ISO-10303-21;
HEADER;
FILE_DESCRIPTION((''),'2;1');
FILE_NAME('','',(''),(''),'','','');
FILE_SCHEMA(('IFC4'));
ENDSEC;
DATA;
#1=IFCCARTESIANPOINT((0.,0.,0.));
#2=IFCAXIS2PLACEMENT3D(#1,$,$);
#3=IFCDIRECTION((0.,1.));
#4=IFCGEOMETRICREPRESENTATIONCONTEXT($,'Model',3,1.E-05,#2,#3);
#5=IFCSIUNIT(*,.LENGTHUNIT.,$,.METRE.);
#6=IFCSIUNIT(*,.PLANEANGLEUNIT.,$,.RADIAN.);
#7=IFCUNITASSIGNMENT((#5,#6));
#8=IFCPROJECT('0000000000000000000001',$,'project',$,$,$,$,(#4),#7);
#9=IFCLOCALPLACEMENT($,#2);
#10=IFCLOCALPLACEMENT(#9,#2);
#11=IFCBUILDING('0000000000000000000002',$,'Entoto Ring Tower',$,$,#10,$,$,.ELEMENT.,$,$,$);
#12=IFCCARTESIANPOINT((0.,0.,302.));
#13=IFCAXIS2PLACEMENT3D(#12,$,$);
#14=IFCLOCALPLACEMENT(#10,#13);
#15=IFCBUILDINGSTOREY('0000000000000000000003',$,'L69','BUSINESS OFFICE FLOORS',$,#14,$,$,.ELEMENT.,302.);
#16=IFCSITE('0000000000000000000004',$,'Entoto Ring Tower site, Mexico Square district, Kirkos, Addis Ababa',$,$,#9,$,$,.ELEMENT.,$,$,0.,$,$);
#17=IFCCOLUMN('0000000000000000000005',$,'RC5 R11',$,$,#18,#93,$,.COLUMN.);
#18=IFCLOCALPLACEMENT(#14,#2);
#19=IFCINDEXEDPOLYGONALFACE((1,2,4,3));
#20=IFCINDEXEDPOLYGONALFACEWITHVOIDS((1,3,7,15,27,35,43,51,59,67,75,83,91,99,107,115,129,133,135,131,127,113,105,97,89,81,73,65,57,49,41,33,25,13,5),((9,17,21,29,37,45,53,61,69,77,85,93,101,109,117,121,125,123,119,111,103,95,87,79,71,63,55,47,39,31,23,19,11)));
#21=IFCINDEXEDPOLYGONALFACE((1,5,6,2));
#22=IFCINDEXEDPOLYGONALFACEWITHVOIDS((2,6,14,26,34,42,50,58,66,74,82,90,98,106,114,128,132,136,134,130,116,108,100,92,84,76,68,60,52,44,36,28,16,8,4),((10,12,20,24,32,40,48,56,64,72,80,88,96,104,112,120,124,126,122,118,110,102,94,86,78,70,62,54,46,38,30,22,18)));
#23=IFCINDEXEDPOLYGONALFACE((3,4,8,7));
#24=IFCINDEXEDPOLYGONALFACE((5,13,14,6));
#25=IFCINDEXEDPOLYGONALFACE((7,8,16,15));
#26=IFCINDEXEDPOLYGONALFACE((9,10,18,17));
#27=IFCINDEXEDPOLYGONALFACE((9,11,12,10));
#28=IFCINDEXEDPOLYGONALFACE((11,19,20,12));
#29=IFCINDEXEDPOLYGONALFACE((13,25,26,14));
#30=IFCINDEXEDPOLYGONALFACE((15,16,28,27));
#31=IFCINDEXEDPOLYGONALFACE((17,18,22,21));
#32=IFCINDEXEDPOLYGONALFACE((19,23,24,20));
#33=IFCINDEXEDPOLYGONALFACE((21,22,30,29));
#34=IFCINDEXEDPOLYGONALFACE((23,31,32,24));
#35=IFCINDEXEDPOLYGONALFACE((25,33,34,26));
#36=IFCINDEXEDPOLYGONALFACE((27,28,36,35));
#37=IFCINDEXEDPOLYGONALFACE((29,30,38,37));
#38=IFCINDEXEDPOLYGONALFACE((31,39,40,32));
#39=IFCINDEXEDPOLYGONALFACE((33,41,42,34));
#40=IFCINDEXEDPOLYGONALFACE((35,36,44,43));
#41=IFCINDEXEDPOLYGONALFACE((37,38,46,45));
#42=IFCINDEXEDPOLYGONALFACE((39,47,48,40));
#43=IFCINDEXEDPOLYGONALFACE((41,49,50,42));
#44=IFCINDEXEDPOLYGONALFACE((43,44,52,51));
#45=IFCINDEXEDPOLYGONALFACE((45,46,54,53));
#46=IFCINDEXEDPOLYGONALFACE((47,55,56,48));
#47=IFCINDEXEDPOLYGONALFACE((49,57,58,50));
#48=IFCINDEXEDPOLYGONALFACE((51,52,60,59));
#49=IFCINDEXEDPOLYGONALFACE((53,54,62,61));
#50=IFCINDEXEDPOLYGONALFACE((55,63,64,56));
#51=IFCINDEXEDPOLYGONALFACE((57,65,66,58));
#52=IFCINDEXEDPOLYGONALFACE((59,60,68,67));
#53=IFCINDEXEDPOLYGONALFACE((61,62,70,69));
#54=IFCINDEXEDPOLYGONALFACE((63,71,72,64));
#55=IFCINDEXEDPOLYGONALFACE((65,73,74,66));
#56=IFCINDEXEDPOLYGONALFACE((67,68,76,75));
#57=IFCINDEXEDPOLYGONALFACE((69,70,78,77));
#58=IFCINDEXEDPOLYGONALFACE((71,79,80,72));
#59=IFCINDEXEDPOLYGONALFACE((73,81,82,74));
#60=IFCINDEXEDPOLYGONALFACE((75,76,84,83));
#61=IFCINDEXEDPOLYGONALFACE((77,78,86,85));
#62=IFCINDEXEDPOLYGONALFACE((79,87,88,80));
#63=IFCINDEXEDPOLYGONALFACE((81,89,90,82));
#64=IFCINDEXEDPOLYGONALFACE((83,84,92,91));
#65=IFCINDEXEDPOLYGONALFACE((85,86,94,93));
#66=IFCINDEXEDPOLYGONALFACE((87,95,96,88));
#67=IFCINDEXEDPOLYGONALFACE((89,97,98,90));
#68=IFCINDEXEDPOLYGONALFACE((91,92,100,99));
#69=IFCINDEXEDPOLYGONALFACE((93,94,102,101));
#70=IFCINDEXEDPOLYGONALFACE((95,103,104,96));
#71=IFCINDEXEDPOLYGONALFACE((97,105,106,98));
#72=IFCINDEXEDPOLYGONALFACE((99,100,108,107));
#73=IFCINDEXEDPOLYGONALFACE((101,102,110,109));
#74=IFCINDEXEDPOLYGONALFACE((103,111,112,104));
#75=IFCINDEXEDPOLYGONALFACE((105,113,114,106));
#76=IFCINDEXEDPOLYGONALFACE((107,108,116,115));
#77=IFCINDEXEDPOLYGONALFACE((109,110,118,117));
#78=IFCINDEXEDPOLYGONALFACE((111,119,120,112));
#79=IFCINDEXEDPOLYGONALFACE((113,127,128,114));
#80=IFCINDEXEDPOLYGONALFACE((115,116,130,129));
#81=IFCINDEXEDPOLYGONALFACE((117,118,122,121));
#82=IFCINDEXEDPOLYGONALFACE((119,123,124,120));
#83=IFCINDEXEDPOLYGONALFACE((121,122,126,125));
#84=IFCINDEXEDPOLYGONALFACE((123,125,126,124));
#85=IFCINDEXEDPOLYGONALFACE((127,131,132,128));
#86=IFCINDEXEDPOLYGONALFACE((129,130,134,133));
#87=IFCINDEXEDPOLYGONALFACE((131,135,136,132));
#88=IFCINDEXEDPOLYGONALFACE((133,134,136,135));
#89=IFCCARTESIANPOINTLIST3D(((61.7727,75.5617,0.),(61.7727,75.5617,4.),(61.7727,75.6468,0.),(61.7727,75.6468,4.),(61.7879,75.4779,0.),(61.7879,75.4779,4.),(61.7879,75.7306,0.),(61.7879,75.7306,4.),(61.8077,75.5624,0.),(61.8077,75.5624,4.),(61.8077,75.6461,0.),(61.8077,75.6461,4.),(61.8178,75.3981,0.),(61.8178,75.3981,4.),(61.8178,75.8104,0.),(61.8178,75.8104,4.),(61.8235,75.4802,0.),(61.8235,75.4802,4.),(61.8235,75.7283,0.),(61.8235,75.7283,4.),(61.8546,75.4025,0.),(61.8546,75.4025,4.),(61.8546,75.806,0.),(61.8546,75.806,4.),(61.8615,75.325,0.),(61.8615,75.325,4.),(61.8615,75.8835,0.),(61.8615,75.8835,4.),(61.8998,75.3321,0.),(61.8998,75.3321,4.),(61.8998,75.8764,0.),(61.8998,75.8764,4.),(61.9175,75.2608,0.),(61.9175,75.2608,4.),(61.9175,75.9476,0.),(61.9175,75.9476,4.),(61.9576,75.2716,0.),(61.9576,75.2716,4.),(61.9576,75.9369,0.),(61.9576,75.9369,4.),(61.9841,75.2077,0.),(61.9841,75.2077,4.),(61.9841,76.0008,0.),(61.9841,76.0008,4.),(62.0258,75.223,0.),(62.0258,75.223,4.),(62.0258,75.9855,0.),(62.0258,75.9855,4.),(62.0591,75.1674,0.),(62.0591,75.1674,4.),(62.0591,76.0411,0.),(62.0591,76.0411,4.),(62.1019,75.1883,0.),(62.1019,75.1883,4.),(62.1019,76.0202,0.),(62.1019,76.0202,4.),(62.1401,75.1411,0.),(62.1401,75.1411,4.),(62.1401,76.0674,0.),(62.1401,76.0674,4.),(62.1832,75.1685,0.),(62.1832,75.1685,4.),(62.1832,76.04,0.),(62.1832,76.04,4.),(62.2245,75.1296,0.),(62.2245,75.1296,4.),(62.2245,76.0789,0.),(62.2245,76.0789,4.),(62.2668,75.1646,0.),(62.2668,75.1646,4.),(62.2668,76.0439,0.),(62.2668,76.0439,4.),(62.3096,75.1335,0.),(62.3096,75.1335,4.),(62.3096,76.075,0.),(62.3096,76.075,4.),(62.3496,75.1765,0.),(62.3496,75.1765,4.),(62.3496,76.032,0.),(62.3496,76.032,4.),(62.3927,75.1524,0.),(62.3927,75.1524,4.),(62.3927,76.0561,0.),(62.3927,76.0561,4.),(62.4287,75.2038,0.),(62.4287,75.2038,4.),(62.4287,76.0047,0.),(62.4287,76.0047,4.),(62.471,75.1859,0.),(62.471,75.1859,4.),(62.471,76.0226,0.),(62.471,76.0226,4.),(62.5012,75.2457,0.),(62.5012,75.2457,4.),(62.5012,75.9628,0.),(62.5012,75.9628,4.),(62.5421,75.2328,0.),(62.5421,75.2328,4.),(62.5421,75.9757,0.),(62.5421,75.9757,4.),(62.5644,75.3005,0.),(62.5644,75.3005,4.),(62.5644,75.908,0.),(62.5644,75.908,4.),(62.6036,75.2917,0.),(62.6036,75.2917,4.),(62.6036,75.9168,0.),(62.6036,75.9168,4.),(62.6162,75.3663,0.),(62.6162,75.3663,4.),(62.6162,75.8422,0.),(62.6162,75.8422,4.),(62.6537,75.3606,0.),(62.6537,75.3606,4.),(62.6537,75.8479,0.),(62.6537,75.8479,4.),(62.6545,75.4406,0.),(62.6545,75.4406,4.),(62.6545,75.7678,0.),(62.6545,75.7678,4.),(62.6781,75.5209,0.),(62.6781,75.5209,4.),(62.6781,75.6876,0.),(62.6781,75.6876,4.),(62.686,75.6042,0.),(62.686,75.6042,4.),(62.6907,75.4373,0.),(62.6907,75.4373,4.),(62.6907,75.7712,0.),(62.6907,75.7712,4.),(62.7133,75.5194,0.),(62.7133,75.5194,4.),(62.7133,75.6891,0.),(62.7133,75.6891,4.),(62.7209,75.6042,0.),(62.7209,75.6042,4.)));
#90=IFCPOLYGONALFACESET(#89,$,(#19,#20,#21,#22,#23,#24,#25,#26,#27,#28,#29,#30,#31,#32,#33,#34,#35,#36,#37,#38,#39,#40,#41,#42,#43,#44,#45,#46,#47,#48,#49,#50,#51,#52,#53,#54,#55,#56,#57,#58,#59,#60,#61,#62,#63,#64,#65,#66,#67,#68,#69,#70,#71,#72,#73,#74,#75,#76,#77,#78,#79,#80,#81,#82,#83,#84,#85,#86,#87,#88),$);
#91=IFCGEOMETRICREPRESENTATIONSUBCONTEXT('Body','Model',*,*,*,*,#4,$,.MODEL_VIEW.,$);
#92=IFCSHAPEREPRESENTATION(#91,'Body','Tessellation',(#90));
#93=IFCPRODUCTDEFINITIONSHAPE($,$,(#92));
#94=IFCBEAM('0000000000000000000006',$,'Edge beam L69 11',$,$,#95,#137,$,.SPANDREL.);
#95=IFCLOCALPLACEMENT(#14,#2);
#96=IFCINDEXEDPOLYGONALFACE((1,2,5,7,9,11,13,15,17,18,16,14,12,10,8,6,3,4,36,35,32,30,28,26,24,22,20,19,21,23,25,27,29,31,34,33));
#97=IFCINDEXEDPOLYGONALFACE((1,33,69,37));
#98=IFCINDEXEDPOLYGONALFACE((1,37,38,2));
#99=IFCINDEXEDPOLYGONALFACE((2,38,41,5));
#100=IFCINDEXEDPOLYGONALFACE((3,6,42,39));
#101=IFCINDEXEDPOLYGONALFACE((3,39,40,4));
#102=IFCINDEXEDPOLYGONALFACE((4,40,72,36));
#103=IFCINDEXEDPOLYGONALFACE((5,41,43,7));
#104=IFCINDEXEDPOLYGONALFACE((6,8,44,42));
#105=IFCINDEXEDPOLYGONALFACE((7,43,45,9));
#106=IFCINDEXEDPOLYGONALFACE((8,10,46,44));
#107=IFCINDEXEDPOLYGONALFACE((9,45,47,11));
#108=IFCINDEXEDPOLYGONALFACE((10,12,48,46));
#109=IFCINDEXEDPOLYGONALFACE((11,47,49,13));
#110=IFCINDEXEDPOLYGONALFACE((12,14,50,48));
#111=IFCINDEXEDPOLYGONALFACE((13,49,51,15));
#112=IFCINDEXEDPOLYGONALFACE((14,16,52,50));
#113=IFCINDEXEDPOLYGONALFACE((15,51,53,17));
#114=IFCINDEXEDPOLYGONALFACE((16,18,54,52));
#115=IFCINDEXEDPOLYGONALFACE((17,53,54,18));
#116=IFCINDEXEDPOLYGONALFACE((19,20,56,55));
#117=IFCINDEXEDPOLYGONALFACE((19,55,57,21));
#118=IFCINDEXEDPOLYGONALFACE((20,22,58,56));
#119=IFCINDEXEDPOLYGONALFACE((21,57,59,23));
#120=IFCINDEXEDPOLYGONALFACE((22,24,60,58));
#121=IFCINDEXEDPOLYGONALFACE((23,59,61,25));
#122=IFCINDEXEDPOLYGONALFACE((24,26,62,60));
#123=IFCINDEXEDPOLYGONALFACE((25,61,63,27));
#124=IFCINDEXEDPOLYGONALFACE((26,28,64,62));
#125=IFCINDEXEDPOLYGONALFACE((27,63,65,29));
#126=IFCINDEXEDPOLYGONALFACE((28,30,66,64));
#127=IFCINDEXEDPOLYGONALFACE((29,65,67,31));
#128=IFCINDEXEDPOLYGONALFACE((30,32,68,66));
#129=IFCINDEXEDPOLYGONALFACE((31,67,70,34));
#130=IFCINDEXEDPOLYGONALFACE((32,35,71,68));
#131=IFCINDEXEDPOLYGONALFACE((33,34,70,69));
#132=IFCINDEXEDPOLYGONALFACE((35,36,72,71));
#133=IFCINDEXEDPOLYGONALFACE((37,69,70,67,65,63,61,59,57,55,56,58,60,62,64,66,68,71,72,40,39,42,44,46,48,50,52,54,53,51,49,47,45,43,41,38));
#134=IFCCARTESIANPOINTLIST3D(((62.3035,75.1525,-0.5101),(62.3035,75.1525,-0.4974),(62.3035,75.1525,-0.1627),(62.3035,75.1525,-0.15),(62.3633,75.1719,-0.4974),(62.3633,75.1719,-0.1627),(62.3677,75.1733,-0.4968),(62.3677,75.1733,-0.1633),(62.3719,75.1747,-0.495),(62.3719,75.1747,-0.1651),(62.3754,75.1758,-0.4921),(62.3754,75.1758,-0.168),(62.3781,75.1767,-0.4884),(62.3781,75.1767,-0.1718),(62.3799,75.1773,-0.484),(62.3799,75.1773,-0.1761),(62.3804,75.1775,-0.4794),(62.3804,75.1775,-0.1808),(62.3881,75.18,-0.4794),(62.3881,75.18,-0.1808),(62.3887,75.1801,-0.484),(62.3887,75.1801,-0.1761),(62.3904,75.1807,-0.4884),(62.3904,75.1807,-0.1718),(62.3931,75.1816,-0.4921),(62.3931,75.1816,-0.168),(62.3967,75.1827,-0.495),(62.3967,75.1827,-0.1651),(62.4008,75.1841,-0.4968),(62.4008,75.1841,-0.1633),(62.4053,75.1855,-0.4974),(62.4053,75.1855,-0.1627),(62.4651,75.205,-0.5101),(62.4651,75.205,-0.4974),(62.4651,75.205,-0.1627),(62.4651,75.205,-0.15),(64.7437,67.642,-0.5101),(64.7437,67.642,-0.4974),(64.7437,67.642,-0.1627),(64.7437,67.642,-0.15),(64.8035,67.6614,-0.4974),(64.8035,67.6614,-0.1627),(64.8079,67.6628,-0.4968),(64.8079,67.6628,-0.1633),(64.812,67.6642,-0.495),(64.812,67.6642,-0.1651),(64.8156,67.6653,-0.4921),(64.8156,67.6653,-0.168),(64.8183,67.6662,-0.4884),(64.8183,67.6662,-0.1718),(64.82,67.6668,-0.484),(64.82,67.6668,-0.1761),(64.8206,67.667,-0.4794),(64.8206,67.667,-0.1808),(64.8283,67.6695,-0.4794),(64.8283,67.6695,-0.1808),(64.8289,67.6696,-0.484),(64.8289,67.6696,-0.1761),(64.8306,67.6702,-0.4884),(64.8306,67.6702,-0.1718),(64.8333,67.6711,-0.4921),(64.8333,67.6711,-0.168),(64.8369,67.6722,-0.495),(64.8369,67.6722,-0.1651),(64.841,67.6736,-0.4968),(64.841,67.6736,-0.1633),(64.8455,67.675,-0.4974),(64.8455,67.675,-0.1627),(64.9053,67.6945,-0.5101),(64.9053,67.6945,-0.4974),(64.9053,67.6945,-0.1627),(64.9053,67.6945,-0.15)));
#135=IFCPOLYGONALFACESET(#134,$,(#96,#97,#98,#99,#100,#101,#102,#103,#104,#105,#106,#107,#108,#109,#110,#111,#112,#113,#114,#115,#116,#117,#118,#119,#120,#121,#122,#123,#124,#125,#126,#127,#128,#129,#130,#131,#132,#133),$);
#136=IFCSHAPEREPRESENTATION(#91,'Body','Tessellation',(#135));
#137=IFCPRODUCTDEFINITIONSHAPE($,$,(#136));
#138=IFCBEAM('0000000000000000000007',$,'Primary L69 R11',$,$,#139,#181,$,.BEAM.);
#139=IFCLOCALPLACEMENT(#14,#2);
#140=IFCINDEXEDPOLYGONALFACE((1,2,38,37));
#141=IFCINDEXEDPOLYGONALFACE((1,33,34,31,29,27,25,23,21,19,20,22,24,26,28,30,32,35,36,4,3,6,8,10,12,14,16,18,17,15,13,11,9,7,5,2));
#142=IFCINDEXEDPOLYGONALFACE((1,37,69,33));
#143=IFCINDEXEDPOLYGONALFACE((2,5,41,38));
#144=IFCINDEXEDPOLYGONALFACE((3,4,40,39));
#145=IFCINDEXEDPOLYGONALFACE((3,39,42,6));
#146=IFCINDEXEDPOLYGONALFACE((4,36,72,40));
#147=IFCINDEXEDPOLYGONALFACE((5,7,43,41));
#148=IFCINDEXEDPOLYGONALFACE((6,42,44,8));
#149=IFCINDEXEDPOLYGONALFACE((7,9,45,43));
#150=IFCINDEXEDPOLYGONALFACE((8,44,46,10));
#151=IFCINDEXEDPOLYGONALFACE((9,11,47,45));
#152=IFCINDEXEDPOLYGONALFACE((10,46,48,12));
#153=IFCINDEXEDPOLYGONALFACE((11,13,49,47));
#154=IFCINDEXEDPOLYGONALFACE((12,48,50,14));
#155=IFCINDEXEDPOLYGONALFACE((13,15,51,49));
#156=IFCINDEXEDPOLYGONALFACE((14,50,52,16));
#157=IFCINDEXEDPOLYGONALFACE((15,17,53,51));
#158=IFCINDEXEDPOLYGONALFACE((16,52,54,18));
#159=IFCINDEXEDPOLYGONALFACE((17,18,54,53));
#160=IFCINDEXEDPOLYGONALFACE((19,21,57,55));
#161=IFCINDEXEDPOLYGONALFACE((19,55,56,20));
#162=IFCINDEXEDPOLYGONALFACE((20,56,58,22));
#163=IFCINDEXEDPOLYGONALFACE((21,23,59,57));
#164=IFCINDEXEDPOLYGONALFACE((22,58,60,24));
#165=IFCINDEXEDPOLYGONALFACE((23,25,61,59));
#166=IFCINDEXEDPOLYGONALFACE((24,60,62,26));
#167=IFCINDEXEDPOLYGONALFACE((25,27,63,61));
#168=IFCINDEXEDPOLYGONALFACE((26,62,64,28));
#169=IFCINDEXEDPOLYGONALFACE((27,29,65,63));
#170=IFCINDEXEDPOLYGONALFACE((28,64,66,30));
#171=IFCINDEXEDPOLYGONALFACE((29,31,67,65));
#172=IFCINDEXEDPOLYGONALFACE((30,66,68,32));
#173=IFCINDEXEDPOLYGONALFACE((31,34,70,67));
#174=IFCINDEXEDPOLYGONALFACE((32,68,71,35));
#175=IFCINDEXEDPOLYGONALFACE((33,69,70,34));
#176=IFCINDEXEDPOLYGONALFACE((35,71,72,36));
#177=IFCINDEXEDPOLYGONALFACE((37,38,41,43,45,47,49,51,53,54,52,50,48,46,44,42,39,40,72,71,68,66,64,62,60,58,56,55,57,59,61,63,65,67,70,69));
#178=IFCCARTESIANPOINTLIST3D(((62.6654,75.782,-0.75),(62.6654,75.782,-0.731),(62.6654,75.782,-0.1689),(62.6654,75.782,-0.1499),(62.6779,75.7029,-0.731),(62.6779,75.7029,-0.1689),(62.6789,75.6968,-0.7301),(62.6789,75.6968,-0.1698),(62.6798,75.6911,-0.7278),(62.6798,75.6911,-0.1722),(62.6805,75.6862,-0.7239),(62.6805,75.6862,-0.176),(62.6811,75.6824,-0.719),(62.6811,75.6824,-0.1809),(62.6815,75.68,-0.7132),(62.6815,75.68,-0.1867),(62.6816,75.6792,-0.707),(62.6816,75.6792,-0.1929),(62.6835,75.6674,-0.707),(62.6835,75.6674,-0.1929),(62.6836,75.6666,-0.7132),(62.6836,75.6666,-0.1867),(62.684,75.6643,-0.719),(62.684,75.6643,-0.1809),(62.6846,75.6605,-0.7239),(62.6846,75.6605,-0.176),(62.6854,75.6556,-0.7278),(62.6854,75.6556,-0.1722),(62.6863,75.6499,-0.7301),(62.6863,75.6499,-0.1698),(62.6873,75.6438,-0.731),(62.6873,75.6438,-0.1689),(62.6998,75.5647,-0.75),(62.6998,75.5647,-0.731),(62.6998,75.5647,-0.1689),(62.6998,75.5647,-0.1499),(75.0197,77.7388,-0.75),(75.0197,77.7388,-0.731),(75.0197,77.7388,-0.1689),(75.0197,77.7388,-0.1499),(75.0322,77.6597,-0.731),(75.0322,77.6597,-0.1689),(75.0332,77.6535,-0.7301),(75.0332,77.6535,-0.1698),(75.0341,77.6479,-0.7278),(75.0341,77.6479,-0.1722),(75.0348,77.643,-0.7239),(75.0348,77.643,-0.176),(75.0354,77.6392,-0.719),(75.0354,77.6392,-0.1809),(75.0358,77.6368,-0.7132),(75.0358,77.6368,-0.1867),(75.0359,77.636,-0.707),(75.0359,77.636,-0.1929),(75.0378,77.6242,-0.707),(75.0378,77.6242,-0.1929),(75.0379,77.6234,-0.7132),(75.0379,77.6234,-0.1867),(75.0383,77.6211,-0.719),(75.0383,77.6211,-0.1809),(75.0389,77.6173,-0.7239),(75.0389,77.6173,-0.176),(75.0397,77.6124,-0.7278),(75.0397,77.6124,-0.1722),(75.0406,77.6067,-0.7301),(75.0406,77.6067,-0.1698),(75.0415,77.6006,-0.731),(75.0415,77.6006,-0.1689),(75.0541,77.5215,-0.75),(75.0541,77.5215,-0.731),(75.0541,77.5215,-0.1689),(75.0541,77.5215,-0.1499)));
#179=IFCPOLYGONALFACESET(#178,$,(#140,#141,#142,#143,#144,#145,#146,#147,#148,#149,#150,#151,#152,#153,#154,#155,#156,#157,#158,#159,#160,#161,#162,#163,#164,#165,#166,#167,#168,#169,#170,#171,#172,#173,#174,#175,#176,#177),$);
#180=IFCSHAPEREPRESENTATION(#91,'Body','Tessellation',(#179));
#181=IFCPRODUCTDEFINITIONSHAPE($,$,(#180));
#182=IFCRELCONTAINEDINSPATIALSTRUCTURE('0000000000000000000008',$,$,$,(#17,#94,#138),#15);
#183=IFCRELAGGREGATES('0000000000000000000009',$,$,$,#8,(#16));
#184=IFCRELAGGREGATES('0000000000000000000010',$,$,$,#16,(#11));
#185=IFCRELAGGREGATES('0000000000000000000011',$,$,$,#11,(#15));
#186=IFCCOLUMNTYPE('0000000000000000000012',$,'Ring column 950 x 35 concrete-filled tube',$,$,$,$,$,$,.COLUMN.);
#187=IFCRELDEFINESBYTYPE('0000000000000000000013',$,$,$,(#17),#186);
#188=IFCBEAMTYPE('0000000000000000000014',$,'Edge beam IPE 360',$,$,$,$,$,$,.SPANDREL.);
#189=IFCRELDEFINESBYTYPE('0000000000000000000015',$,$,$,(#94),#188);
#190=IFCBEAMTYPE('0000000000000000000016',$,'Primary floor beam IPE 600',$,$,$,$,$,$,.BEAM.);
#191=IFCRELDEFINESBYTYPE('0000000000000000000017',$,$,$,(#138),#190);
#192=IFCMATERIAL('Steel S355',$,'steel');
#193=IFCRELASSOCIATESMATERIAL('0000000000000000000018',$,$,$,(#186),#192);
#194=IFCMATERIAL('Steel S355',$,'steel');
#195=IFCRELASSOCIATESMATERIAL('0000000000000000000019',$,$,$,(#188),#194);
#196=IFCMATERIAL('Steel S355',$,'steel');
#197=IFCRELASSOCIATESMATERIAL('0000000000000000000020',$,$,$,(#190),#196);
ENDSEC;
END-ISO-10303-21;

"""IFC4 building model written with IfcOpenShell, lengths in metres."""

from ifc_helpers import new_model, si_unit, direction, frame, origin, origin_2d, place, context, subcontext, project, spatial, circle, hollow_circle, i_section, extrude, material, material_profile, profile_set, type_object, element, save


model = new_model("IFC4")

# Units and contexts
model_context = context("Model", 3, precision=1e-05, world=origin(), true_north=direction((0.0, 1.0)))
body_context = subcontext(model_context, "Body", "Model", "MODEL_VIEW")
ifc_project = project(units=[si_unit("LENGTHUNIT", "METRE"), si_unit("PLANEANGLEUNIT", "RADIAN")], contexts=[model_context])

# Site, building, storey
site_placement = place(None, origin())
site = spatial("IfcSite", under=ifc_project, at=site_placement, Name="Entoto Ring Tower site, Mexico Square district, Kirkos, Addis Ababa", CompositionType="ELEMENT", RefElevation=0.0)
building_placement = place(site_placement, origin())
building = spatial("IfcBuilding", under=site, at=building_placement, Name="Entoto Ring Tower", CompositionType="ELEMENT")
storey_placement = place(building_placement, frame((0.0, 0.0, 302.0)))
storey = spatial("IfcBuildingStorey", under=building, at=storey_placement, Name="L69", Description="BUSINESS OFFICE FLOORS", CompositionType="ELEMENT", Elevation=302.0)

# Column
ifc_material_1 = material(Name="Steel S355", Category="steel")
ifc_material_profile_1 = material_profile(ifc_material_1, hollow_circle(Radius=0.4751, WallThickness=0.0349, at=origin_2d()), Name="CHS 950 x 35")
ifc_material_2 = material(Name="Concrete C60/75", Category="concrete")
ifc_material_profile_2 = material_profile(ifc_material_2, circle(Radius=0.4399, at=origin_2d()), Name="Concrete C60/75 infill")
ifc_profile_set_1 = profile_set([ifc_material_profile_1, ifc_material_profile_2], Name="Steel S355")
column_type = type_object("IfcColumnType", Name="Ring column 950 x 35 concrete-filled tube", PredefinedType="COLUMN", material=ifc_profile_set_1)
column_placement = place(storey_placement, frame((62.2458, 75.6042, 0.0), z_axis=(0.0, 0.0, 1.0), x_axis=(1.0, 0.0, 0.0)))
element("IfcColumn", 1, at=column_placement, inside=storey, type_object=column_type, Name="RC5 R11", PredefinedType="COLUMN", context=body_context, shape_type="SweptSolid", body=[
    extrude(hollow_circle(Radius=0.4751, WallThickness=0.0349, at=origin_2d()), origin(), (0.0, 0.0, 1.0), 4.0),
])

# Beams
ifc_material_3 = material(Name="Steel S355", Category="steel")
ifc_material_profile_3 = material_profile(ifc_material_3, i_section(OverallWidth=0.1699, OverallDepth=0.3601, WebThickness=0.0081, FlangeThickness=0.0127, FilletRadius=0.0181, at=origin_2d()), Name="IPE 360")
ifc_profile_set_2 = profile_set([ifc_material_profile_3], Name="Steel S355")
beam_type_1 = type_object("IfcBeamType", Name="Edge beam IPE 360", PredefinedType="SPANDREL", material=ifc_profile_set_2)
beam_1_placement = place(storey_placement, frame((62.3843, 75.1787, -0.3301), z_axis=(0.309003, -0.951061, 0.0), x_axis=(0.951061, 0.309003, 0.0)))
element("IfcBeam", 2, at=beam_1_placement, inside=storey, type_object=beam_type_1, Name="Edge beam L69 11", PredefinedType="SPANDREL", context=body_context, shape_type="SweptSolid", body=[
    extrude(i_section(OverallWidth=0.1699, OverallDepth=0.3601, WebThickness=0.0081, FlangeThickness=0.0127, FilletRadius=0.0181, at=origin_2d()), origin(), (0.0, 0.0, 1.0), 7.897),
])
ifc_material_4 = material(Name="Steel S355", Category="steel")
ifc_material_profile_4 = material_profile(ifc_material_4, i_section(OverallWidth=0.22, OverallDepth=0.6001, WebThickness=0.012, FlangeThickness=0.019, FilletRadius=0.0239, at=origin_2d()), Name="IPE 600")
ifc_profile_set_3 = profile_set([ifc_material_profile_4], Name="Steel S355")
beam_type_2 = type_object("IfcBeamType", Name="Primary floor beam IPE 600", PredefinedType="BEAM", material=ifc_profile_set_3)
beam_2_placement = place(storey_placement, frame((75.0369, 77.6301, -0.45), z_axis=(-0.987688, -0.15644, 0.0), x_axis=(0.15644, -0.987688, 0.0)))
element("IfcBeam", 3, at=beam_2_placement, inside=storey, type_object=beam_type_2, Name="Primary L69 R11", PredefinedType="BEAM", context=body_context, shape_type="SweptSolid", body=[
    extrude(i_section(OverallWidth=0.22, OverallDepth=0.6001, WebThickness=0.012, FlangeThickness=0.019, FilletRadius=0.0239, at=origin_2d()), origin(), (0.0, 0.0, 1.0), 12.5083),
])

save(model, "model.ifc")
